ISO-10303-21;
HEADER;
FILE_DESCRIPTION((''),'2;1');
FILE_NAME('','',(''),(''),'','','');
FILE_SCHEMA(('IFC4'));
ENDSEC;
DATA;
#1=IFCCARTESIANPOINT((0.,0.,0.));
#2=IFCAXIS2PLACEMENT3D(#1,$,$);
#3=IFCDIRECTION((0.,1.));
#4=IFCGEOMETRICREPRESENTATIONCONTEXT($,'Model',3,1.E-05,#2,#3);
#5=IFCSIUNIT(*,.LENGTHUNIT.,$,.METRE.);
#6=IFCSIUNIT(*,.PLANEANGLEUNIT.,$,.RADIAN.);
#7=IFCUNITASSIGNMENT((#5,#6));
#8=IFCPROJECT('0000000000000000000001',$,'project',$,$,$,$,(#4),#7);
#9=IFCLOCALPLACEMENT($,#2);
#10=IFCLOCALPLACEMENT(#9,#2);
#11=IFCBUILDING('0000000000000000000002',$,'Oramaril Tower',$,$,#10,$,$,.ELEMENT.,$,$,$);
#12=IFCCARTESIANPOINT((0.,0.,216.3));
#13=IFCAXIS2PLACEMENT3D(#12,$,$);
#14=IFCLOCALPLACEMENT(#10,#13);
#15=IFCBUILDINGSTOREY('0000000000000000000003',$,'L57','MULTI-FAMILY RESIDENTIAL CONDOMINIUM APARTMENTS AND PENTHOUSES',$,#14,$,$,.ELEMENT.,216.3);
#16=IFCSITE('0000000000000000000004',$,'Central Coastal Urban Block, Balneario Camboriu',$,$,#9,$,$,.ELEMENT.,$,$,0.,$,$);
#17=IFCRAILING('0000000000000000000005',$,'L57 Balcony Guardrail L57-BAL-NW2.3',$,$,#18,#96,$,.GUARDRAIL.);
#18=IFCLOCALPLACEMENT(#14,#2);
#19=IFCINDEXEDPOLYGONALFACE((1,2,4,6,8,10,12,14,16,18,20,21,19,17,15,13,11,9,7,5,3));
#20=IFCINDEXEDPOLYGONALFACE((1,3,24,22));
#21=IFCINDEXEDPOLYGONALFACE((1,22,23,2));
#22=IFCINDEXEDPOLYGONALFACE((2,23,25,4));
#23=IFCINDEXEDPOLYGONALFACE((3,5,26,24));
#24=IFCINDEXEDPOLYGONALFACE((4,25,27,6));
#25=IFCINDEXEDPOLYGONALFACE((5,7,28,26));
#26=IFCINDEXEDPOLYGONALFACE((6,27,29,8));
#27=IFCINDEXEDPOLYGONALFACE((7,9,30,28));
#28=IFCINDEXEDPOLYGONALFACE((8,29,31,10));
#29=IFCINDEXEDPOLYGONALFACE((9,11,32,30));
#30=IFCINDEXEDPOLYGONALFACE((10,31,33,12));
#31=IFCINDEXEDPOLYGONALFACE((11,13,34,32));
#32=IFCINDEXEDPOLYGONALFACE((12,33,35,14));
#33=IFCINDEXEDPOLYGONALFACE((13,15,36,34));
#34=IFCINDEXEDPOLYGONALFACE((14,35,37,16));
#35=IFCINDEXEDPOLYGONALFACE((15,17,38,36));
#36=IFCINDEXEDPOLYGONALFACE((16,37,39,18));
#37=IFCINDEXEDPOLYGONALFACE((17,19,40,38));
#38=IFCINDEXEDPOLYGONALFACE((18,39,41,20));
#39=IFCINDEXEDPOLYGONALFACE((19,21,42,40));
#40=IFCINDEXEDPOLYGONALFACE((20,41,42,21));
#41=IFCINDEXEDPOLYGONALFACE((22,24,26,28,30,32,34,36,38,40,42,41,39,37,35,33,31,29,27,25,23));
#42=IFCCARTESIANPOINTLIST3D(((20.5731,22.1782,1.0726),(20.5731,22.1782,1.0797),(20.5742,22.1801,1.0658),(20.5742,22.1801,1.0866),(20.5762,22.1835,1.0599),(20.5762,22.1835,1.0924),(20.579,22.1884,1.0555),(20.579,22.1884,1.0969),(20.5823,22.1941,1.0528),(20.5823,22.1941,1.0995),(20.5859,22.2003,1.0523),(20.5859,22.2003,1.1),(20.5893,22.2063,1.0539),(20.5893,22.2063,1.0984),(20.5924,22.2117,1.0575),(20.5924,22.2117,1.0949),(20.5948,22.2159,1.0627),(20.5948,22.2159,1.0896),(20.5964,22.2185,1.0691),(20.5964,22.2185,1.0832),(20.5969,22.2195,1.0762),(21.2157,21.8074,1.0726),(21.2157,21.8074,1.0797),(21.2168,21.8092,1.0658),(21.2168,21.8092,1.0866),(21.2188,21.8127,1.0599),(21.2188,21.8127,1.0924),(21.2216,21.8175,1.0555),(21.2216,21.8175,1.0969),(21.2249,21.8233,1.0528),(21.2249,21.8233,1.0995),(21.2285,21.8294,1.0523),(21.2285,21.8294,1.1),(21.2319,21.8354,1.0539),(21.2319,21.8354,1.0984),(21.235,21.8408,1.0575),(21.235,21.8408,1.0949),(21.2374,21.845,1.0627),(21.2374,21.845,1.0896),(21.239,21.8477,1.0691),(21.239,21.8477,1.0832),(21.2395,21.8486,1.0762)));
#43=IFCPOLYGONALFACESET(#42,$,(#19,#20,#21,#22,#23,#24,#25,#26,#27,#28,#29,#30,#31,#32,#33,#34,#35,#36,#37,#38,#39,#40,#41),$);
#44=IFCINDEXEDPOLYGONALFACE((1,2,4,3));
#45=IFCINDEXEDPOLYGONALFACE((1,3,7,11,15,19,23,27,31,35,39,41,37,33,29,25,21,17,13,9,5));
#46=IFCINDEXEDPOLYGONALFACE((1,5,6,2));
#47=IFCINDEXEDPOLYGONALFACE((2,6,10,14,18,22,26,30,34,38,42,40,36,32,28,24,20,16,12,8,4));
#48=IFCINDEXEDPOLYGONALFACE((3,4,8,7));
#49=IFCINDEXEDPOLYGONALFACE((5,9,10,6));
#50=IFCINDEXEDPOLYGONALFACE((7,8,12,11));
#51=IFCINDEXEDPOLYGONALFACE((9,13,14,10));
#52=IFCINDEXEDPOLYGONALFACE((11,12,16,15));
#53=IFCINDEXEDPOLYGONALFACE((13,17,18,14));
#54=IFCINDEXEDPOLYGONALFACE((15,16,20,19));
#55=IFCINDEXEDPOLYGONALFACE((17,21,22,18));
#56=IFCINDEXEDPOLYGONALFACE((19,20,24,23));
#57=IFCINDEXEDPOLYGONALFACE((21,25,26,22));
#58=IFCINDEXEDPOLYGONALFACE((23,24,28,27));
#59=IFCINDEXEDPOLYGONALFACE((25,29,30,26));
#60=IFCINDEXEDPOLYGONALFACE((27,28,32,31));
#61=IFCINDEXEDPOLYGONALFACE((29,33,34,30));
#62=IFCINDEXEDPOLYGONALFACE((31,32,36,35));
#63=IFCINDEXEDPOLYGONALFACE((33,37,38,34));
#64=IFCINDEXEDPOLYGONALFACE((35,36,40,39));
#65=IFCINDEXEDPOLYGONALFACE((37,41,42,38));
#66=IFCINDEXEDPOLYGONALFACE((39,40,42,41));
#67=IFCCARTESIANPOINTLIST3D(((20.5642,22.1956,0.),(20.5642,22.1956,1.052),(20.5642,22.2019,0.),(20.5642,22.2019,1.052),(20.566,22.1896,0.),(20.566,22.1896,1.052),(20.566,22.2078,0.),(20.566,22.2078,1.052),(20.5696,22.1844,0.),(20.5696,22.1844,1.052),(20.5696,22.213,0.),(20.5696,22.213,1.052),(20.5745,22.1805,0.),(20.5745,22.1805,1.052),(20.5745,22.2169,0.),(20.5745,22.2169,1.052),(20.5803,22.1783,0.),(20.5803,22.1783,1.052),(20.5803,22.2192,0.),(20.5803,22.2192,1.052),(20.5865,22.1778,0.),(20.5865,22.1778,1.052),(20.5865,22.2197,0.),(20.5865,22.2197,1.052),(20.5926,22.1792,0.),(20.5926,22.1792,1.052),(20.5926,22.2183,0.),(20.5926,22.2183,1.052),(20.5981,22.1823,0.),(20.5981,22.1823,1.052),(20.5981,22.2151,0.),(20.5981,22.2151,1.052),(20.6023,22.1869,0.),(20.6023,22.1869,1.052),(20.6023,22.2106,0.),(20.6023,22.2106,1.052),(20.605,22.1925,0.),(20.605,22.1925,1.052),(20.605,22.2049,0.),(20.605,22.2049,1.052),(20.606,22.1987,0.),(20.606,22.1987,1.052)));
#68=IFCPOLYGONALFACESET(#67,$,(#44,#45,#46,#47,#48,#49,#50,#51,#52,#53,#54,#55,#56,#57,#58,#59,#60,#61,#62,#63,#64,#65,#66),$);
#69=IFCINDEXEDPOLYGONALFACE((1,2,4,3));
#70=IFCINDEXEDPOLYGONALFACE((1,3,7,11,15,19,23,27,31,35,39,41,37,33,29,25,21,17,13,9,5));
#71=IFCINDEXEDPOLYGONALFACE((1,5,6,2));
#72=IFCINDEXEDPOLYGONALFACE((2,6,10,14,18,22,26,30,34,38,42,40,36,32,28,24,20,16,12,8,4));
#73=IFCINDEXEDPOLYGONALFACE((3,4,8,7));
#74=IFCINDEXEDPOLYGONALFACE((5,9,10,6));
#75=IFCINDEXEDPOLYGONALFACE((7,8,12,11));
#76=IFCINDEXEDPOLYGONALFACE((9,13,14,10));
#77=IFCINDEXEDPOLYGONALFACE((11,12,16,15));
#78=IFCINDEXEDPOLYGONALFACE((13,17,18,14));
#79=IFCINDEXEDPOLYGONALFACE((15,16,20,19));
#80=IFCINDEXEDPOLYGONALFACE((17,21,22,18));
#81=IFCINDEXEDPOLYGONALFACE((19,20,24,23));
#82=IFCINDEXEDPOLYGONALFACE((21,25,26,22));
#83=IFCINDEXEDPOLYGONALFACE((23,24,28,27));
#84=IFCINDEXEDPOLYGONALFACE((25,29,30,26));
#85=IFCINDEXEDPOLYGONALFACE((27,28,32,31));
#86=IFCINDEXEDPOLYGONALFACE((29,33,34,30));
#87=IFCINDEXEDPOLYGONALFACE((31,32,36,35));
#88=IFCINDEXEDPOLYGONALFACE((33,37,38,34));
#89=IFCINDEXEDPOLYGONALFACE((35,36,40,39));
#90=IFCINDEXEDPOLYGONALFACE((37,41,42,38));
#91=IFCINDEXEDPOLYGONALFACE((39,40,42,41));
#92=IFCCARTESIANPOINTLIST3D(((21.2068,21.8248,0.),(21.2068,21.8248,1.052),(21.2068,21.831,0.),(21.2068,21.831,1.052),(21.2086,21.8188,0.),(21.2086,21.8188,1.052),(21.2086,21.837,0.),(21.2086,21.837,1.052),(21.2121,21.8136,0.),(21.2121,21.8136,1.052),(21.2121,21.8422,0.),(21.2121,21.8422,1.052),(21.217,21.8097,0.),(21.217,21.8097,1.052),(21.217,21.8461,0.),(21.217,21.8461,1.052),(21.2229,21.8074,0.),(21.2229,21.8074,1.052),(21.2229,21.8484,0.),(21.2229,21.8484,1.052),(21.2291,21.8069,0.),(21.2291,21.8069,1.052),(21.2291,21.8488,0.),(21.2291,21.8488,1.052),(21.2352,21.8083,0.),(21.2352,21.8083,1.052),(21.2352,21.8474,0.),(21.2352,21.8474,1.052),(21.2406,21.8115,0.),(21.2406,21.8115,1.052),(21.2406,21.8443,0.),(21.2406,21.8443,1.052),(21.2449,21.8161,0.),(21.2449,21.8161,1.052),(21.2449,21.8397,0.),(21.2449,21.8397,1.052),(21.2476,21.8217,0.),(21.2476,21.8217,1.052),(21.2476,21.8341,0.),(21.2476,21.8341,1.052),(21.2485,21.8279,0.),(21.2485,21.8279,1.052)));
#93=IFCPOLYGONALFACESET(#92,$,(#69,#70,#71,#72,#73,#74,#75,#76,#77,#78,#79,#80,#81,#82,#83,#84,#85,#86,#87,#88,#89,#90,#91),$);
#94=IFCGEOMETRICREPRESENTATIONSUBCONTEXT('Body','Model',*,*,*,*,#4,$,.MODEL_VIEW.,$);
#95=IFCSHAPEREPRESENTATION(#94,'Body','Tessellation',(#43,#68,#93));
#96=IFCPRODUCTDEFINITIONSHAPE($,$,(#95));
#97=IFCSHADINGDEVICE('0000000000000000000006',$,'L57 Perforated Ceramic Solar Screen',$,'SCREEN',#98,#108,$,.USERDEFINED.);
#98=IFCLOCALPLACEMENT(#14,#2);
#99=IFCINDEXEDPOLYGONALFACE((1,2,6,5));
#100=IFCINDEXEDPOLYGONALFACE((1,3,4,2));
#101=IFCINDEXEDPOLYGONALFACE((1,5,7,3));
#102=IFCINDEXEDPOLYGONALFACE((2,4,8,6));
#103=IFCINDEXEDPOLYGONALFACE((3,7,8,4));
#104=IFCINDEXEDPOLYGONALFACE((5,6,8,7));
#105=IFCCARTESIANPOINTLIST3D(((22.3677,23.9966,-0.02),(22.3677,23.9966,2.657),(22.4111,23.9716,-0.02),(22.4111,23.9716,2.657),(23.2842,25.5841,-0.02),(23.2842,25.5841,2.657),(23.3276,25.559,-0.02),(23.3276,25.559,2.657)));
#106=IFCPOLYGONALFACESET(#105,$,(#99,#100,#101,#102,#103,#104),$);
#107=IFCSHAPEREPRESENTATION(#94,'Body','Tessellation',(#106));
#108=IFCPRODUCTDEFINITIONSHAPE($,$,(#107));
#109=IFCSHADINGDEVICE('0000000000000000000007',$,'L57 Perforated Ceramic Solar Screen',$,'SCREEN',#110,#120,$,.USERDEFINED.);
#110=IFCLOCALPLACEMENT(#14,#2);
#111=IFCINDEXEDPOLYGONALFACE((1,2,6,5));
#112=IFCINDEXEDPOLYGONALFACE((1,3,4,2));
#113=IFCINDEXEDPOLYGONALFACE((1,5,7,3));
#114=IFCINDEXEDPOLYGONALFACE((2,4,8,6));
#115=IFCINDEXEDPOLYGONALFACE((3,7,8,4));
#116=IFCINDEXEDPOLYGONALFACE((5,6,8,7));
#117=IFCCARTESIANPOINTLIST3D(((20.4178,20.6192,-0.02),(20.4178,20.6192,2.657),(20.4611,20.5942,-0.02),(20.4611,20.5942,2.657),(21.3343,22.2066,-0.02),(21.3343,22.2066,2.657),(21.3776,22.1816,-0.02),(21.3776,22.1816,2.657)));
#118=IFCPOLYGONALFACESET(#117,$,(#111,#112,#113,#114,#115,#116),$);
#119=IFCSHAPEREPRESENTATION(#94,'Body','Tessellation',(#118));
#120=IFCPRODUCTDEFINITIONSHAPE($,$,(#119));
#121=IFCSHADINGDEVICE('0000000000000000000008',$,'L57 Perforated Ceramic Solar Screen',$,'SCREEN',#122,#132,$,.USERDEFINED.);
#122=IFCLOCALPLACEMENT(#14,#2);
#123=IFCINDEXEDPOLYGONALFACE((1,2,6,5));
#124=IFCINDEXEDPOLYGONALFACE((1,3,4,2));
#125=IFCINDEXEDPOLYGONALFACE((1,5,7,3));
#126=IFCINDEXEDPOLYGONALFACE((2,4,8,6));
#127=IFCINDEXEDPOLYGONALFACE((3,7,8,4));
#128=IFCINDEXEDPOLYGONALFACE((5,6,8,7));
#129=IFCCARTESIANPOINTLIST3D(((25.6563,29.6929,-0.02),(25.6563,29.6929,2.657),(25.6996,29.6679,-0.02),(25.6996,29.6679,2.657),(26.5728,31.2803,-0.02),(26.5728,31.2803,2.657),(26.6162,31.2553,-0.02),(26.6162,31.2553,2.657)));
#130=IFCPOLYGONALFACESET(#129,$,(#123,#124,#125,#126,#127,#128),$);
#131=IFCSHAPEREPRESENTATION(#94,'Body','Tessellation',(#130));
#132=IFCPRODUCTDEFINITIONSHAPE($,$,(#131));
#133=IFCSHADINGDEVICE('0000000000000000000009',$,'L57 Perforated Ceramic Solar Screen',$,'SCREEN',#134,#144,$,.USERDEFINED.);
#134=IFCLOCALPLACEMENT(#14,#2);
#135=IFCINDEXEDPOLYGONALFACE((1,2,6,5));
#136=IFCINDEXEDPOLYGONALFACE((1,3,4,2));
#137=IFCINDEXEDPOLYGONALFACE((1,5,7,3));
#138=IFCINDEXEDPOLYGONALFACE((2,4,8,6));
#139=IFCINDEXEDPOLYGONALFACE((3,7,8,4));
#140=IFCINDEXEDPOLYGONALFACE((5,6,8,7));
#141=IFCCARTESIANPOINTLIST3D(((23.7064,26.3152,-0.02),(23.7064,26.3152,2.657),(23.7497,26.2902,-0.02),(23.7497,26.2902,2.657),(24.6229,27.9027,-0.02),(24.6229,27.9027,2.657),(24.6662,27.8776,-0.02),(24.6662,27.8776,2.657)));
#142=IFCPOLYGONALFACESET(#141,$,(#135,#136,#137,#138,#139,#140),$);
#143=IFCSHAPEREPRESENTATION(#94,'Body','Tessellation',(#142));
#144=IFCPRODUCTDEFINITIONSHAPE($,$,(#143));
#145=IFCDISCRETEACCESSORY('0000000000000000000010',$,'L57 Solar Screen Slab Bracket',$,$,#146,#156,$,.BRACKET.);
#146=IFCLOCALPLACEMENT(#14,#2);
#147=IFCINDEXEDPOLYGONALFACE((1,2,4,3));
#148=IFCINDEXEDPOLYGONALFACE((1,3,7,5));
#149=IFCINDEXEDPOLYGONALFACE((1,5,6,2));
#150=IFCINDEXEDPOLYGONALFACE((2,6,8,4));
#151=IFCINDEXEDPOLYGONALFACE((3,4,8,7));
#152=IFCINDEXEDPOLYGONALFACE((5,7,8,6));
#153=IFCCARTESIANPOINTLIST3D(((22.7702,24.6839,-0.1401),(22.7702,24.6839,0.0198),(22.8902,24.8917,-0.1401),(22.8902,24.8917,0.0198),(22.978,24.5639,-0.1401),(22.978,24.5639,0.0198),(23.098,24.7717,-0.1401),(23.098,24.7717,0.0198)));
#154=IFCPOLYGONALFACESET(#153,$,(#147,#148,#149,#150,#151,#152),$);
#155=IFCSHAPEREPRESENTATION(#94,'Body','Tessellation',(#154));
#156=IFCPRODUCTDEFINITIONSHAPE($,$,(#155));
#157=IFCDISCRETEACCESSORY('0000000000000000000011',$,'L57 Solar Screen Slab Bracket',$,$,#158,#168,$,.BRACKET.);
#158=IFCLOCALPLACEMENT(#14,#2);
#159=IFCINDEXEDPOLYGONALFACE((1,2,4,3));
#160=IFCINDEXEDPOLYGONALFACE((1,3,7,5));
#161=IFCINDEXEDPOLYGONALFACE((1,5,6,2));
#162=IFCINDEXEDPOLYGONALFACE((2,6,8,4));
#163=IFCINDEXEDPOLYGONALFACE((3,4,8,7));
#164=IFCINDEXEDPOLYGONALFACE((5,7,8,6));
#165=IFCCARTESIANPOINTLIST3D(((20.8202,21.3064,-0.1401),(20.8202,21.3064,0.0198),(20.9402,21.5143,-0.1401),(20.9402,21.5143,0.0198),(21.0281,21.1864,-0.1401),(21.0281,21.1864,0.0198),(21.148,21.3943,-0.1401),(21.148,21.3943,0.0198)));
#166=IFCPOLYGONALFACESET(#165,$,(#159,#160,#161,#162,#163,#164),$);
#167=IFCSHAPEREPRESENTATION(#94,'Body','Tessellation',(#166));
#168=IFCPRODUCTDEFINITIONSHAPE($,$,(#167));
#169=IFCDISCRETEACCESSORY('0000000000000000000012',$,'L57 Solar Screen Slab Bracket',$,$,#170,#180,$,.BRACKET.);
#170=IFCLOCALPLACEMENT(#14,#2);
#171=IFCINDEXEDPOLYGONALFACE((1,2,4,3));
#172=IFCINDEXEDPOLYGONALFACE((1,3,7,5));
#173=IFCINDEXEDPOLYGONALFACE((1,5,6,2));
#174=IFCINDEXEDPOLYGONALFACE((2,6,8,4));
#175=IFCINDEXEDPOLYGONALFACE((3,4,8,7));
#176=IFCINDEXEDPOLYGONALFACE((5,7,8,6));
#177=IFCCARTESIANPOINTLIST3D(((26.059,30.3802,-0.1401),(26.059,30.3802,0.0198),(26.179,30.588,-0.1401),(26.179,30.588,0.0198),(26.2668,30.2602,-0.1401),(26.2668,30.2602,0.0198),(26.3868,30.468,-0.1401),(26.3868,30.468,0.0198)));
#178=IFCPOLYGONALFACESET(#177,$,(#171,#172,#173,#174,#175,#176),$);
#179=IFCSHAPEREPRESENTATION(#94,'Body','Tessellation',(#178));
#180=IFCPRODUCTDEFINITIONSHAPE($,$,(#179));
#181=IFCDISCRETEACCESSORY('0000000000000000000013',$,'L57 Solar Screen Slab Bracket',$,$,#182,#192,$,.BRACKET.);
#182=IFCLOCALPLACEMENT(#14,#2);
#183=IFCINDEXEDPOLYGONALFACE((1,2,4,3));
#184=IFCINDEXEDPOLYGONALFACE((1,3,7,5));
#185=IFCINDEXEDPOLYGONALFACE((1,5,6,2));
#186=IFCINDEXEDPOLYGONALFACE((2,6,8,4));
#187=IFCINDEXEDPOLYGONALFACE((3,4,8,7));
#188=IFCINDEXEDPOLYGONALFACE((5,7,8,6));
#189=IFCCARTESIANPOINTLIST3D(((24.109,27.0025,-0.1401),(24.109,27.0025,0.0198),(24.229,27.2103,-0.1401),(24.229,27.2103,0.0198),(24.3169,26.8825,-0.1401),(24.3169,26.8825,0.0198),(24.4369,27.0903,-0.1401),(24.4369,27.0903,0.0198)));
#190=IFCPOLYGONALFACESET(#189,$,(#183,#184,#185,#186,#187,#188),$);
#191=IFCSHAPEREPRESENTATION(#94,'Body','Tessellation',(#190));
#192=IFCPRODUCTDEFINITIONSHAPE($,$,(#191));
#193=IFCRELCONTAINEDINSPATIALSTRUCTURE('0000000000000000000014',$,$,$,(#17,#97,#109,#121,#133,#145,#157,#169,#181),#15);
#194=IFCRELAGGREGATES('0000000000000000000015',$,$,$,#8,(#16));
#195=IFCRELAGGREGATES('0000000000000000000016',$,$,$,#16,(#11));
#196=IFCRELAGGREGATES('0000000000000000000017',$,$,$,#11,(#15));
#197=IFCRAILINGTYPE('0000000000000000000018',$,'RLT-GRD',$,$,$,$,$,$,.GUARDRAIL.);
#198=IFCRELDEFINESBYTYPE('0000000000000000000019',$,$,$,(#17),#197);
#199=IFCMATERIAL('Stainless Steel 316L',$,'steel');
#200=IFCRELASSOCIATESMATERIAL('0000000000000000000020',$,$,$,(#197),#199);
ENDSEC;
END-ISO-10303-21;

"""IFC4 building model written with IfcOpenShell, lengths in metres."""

from ifc_helpers import new_model, si_unit, direction, frame, origin, origin_2d, place, context, subcontext, project, spatial, rectangle, circle, extrude, material, type_object, element, save


model = new_model("IFC4")

# Units and contexts
model_context = context("Model", 3, precision=1e-05, world=origin(), true_north=direction((0.0, 1.0)))
body_context = subcontext(model_context, "Body", "Model", "MODEL_VIEW")
ifc_project = project(units=[si_unit("LENGTHUNIT", "METRE"), si_unit("PLANEANGLEUNIT", "RADIAN")], contexts=[model_context])

# Site, building, storey
site_placement = place(None, origin())
site = spatial("IfcSite", under=ifc_project, at=site_placement, Name="Central Coastal Urban Block, Balneario Camboriu", CompositionType="ELEMENT", RefElevation=0.0)
building_placement = place(site_placement, origin())
building = spatial("IfcBuilding", under=site, at=building_placement, Name="Oramaril Tower", CompositionType="ELEMENT")
storey_placement = place(building_placement, frame((0.0, 0.0, 216.3)))
storey = spatial("IfcBuildingStorey", under=building, at=storey_placement, Name="L57", Description="MULTI-FAMILY RESIDENTIAL CONDOMINIUM APARTMENTS AND PENTHOUSES", CompositionType="ELEMENT", Elevation=216.3)

# Railing
ifc_material_1 = material(Name="Stainless Steel 316L", Category="steel")
railing_type = type_object("IfcRailingType", Name="RLT-GRD", PredefinedType="GUARDRAIL", material=ifc_material_1)
railing_placement = place(storey_placement, frame((20.585, 22.1987, 0.0)))
element("IfcRailing", 1, at=railing_placement, inside=storey, type_object=railing_type, Name="L57 Balcony Guardrail L57-BAL-NW2.3", PredefinedType="GUARDRAIL", context=body_context, shape_type="SweptSolid", body=[
    extrude(circle(Radius=0.0239, at=origin_2d()), frame((0.0, 0.0, 1.0762), z_axis=(0.866109, -0.499855, 0.0), x_axis=(0.499855, 0.866109, 0.0)), (0.0, 0.0, 1.0), 0.7419),
    extrude(circle(Radius=0.021, at=origin_2d()), origin(), (0.0, 0.0, 1.0), 1.052),
    extrude(circle(Radius=0.021, at=origin_2d()), frame((0.6426, -0.3708, 0.0)), (0.0, 0.0, 1.0), 1.052),
])

# Shading devices
for number, where, z_axis, x_axis, name in (
    (2, (22.8477, 24.7778, -0.02), (0.0, 0.0, 1.0), (-0.500002, -0.866025, 0.0), "L57 Perforated Ceramic Solar Screen"),
    (3, (20.8977, 21.4004, -0.02), (0.0, 0.0, 1.0), (-0.500002, -0.866025, 0.0), "L57 Perforated Ceramic Solar Screen"),
    (4, (26.1362, 30.4741, -0.02), (0.0, 0.0, 1.0), (-0.500002, -0.866025, 0.0), "L57 Perforated Ceramic Solar Screen"),
    (5, (24.1863, 27.0964, -0.02), (0.0, 0.0, 1.0), (-0.500002, -0.866025, 0.0), "L57 Perforated Ceramic Solar Screen"),
):
    element("IfcShadingDevice", number, at=place(storey_placement, frame(where, z_axis=z_axis, x_axis=x_axis)), inside=storey, Name=name, ObjectType="SCREEN", PredefinedType="USERDEFINED", context=body_context, shape_type="SweptSolid", body=[
        extrude(rectangle(XDim=1.833, YDim=0.05, at=origin_2d()), origin(), (0.0, 0.0, 1.0), 2.677),
    ])

# Discrete accessories
for number, where, z_axis, x_axis, name in (
    (6, (22.9341, 24.7278, -0.1401), (0.0, 0.0, 1.0), (-0.500002, -0.866025, 0.0), "L57 Solar Screen Slab Bracket"),
    (7, (20.9841, 21.3503, -0.1401), (0.0, 0.0, 1.0), (-0.500002, -0.866025, 0.0), "L57 Solar Screen Slab Bracket"),
    (8, (26.2229, 30.4241, -0.1401), (0.0, 0.0, 1.0), (-0.500002, -0.866025, 0.0), "L57 Solar Screen Slab Bracket"),
    (9, (24.2729, 27.0464, -0.1401), (0.0, 0.0, 1.0), (-0.500002, -0.866025, 0.0), "L57 Solar Screen Slab Bracket"),
):
    element("IfcDiscreteAccessory", number, at=place(storey_placement, frame(where, z_axis=z_axis, x_axis=x_axis)), inside=storey, Name=name, PredefinedType="BRACKET", context=body_context, shape_type="SweptSolid", body=[
        extrude(rectangle(XDim=0.24, YDim=0.24, at=origin_2d()), origin(), (0.0, 0.0, 1.0), 0.1599),
    ])

save(model, "model.ifc")
